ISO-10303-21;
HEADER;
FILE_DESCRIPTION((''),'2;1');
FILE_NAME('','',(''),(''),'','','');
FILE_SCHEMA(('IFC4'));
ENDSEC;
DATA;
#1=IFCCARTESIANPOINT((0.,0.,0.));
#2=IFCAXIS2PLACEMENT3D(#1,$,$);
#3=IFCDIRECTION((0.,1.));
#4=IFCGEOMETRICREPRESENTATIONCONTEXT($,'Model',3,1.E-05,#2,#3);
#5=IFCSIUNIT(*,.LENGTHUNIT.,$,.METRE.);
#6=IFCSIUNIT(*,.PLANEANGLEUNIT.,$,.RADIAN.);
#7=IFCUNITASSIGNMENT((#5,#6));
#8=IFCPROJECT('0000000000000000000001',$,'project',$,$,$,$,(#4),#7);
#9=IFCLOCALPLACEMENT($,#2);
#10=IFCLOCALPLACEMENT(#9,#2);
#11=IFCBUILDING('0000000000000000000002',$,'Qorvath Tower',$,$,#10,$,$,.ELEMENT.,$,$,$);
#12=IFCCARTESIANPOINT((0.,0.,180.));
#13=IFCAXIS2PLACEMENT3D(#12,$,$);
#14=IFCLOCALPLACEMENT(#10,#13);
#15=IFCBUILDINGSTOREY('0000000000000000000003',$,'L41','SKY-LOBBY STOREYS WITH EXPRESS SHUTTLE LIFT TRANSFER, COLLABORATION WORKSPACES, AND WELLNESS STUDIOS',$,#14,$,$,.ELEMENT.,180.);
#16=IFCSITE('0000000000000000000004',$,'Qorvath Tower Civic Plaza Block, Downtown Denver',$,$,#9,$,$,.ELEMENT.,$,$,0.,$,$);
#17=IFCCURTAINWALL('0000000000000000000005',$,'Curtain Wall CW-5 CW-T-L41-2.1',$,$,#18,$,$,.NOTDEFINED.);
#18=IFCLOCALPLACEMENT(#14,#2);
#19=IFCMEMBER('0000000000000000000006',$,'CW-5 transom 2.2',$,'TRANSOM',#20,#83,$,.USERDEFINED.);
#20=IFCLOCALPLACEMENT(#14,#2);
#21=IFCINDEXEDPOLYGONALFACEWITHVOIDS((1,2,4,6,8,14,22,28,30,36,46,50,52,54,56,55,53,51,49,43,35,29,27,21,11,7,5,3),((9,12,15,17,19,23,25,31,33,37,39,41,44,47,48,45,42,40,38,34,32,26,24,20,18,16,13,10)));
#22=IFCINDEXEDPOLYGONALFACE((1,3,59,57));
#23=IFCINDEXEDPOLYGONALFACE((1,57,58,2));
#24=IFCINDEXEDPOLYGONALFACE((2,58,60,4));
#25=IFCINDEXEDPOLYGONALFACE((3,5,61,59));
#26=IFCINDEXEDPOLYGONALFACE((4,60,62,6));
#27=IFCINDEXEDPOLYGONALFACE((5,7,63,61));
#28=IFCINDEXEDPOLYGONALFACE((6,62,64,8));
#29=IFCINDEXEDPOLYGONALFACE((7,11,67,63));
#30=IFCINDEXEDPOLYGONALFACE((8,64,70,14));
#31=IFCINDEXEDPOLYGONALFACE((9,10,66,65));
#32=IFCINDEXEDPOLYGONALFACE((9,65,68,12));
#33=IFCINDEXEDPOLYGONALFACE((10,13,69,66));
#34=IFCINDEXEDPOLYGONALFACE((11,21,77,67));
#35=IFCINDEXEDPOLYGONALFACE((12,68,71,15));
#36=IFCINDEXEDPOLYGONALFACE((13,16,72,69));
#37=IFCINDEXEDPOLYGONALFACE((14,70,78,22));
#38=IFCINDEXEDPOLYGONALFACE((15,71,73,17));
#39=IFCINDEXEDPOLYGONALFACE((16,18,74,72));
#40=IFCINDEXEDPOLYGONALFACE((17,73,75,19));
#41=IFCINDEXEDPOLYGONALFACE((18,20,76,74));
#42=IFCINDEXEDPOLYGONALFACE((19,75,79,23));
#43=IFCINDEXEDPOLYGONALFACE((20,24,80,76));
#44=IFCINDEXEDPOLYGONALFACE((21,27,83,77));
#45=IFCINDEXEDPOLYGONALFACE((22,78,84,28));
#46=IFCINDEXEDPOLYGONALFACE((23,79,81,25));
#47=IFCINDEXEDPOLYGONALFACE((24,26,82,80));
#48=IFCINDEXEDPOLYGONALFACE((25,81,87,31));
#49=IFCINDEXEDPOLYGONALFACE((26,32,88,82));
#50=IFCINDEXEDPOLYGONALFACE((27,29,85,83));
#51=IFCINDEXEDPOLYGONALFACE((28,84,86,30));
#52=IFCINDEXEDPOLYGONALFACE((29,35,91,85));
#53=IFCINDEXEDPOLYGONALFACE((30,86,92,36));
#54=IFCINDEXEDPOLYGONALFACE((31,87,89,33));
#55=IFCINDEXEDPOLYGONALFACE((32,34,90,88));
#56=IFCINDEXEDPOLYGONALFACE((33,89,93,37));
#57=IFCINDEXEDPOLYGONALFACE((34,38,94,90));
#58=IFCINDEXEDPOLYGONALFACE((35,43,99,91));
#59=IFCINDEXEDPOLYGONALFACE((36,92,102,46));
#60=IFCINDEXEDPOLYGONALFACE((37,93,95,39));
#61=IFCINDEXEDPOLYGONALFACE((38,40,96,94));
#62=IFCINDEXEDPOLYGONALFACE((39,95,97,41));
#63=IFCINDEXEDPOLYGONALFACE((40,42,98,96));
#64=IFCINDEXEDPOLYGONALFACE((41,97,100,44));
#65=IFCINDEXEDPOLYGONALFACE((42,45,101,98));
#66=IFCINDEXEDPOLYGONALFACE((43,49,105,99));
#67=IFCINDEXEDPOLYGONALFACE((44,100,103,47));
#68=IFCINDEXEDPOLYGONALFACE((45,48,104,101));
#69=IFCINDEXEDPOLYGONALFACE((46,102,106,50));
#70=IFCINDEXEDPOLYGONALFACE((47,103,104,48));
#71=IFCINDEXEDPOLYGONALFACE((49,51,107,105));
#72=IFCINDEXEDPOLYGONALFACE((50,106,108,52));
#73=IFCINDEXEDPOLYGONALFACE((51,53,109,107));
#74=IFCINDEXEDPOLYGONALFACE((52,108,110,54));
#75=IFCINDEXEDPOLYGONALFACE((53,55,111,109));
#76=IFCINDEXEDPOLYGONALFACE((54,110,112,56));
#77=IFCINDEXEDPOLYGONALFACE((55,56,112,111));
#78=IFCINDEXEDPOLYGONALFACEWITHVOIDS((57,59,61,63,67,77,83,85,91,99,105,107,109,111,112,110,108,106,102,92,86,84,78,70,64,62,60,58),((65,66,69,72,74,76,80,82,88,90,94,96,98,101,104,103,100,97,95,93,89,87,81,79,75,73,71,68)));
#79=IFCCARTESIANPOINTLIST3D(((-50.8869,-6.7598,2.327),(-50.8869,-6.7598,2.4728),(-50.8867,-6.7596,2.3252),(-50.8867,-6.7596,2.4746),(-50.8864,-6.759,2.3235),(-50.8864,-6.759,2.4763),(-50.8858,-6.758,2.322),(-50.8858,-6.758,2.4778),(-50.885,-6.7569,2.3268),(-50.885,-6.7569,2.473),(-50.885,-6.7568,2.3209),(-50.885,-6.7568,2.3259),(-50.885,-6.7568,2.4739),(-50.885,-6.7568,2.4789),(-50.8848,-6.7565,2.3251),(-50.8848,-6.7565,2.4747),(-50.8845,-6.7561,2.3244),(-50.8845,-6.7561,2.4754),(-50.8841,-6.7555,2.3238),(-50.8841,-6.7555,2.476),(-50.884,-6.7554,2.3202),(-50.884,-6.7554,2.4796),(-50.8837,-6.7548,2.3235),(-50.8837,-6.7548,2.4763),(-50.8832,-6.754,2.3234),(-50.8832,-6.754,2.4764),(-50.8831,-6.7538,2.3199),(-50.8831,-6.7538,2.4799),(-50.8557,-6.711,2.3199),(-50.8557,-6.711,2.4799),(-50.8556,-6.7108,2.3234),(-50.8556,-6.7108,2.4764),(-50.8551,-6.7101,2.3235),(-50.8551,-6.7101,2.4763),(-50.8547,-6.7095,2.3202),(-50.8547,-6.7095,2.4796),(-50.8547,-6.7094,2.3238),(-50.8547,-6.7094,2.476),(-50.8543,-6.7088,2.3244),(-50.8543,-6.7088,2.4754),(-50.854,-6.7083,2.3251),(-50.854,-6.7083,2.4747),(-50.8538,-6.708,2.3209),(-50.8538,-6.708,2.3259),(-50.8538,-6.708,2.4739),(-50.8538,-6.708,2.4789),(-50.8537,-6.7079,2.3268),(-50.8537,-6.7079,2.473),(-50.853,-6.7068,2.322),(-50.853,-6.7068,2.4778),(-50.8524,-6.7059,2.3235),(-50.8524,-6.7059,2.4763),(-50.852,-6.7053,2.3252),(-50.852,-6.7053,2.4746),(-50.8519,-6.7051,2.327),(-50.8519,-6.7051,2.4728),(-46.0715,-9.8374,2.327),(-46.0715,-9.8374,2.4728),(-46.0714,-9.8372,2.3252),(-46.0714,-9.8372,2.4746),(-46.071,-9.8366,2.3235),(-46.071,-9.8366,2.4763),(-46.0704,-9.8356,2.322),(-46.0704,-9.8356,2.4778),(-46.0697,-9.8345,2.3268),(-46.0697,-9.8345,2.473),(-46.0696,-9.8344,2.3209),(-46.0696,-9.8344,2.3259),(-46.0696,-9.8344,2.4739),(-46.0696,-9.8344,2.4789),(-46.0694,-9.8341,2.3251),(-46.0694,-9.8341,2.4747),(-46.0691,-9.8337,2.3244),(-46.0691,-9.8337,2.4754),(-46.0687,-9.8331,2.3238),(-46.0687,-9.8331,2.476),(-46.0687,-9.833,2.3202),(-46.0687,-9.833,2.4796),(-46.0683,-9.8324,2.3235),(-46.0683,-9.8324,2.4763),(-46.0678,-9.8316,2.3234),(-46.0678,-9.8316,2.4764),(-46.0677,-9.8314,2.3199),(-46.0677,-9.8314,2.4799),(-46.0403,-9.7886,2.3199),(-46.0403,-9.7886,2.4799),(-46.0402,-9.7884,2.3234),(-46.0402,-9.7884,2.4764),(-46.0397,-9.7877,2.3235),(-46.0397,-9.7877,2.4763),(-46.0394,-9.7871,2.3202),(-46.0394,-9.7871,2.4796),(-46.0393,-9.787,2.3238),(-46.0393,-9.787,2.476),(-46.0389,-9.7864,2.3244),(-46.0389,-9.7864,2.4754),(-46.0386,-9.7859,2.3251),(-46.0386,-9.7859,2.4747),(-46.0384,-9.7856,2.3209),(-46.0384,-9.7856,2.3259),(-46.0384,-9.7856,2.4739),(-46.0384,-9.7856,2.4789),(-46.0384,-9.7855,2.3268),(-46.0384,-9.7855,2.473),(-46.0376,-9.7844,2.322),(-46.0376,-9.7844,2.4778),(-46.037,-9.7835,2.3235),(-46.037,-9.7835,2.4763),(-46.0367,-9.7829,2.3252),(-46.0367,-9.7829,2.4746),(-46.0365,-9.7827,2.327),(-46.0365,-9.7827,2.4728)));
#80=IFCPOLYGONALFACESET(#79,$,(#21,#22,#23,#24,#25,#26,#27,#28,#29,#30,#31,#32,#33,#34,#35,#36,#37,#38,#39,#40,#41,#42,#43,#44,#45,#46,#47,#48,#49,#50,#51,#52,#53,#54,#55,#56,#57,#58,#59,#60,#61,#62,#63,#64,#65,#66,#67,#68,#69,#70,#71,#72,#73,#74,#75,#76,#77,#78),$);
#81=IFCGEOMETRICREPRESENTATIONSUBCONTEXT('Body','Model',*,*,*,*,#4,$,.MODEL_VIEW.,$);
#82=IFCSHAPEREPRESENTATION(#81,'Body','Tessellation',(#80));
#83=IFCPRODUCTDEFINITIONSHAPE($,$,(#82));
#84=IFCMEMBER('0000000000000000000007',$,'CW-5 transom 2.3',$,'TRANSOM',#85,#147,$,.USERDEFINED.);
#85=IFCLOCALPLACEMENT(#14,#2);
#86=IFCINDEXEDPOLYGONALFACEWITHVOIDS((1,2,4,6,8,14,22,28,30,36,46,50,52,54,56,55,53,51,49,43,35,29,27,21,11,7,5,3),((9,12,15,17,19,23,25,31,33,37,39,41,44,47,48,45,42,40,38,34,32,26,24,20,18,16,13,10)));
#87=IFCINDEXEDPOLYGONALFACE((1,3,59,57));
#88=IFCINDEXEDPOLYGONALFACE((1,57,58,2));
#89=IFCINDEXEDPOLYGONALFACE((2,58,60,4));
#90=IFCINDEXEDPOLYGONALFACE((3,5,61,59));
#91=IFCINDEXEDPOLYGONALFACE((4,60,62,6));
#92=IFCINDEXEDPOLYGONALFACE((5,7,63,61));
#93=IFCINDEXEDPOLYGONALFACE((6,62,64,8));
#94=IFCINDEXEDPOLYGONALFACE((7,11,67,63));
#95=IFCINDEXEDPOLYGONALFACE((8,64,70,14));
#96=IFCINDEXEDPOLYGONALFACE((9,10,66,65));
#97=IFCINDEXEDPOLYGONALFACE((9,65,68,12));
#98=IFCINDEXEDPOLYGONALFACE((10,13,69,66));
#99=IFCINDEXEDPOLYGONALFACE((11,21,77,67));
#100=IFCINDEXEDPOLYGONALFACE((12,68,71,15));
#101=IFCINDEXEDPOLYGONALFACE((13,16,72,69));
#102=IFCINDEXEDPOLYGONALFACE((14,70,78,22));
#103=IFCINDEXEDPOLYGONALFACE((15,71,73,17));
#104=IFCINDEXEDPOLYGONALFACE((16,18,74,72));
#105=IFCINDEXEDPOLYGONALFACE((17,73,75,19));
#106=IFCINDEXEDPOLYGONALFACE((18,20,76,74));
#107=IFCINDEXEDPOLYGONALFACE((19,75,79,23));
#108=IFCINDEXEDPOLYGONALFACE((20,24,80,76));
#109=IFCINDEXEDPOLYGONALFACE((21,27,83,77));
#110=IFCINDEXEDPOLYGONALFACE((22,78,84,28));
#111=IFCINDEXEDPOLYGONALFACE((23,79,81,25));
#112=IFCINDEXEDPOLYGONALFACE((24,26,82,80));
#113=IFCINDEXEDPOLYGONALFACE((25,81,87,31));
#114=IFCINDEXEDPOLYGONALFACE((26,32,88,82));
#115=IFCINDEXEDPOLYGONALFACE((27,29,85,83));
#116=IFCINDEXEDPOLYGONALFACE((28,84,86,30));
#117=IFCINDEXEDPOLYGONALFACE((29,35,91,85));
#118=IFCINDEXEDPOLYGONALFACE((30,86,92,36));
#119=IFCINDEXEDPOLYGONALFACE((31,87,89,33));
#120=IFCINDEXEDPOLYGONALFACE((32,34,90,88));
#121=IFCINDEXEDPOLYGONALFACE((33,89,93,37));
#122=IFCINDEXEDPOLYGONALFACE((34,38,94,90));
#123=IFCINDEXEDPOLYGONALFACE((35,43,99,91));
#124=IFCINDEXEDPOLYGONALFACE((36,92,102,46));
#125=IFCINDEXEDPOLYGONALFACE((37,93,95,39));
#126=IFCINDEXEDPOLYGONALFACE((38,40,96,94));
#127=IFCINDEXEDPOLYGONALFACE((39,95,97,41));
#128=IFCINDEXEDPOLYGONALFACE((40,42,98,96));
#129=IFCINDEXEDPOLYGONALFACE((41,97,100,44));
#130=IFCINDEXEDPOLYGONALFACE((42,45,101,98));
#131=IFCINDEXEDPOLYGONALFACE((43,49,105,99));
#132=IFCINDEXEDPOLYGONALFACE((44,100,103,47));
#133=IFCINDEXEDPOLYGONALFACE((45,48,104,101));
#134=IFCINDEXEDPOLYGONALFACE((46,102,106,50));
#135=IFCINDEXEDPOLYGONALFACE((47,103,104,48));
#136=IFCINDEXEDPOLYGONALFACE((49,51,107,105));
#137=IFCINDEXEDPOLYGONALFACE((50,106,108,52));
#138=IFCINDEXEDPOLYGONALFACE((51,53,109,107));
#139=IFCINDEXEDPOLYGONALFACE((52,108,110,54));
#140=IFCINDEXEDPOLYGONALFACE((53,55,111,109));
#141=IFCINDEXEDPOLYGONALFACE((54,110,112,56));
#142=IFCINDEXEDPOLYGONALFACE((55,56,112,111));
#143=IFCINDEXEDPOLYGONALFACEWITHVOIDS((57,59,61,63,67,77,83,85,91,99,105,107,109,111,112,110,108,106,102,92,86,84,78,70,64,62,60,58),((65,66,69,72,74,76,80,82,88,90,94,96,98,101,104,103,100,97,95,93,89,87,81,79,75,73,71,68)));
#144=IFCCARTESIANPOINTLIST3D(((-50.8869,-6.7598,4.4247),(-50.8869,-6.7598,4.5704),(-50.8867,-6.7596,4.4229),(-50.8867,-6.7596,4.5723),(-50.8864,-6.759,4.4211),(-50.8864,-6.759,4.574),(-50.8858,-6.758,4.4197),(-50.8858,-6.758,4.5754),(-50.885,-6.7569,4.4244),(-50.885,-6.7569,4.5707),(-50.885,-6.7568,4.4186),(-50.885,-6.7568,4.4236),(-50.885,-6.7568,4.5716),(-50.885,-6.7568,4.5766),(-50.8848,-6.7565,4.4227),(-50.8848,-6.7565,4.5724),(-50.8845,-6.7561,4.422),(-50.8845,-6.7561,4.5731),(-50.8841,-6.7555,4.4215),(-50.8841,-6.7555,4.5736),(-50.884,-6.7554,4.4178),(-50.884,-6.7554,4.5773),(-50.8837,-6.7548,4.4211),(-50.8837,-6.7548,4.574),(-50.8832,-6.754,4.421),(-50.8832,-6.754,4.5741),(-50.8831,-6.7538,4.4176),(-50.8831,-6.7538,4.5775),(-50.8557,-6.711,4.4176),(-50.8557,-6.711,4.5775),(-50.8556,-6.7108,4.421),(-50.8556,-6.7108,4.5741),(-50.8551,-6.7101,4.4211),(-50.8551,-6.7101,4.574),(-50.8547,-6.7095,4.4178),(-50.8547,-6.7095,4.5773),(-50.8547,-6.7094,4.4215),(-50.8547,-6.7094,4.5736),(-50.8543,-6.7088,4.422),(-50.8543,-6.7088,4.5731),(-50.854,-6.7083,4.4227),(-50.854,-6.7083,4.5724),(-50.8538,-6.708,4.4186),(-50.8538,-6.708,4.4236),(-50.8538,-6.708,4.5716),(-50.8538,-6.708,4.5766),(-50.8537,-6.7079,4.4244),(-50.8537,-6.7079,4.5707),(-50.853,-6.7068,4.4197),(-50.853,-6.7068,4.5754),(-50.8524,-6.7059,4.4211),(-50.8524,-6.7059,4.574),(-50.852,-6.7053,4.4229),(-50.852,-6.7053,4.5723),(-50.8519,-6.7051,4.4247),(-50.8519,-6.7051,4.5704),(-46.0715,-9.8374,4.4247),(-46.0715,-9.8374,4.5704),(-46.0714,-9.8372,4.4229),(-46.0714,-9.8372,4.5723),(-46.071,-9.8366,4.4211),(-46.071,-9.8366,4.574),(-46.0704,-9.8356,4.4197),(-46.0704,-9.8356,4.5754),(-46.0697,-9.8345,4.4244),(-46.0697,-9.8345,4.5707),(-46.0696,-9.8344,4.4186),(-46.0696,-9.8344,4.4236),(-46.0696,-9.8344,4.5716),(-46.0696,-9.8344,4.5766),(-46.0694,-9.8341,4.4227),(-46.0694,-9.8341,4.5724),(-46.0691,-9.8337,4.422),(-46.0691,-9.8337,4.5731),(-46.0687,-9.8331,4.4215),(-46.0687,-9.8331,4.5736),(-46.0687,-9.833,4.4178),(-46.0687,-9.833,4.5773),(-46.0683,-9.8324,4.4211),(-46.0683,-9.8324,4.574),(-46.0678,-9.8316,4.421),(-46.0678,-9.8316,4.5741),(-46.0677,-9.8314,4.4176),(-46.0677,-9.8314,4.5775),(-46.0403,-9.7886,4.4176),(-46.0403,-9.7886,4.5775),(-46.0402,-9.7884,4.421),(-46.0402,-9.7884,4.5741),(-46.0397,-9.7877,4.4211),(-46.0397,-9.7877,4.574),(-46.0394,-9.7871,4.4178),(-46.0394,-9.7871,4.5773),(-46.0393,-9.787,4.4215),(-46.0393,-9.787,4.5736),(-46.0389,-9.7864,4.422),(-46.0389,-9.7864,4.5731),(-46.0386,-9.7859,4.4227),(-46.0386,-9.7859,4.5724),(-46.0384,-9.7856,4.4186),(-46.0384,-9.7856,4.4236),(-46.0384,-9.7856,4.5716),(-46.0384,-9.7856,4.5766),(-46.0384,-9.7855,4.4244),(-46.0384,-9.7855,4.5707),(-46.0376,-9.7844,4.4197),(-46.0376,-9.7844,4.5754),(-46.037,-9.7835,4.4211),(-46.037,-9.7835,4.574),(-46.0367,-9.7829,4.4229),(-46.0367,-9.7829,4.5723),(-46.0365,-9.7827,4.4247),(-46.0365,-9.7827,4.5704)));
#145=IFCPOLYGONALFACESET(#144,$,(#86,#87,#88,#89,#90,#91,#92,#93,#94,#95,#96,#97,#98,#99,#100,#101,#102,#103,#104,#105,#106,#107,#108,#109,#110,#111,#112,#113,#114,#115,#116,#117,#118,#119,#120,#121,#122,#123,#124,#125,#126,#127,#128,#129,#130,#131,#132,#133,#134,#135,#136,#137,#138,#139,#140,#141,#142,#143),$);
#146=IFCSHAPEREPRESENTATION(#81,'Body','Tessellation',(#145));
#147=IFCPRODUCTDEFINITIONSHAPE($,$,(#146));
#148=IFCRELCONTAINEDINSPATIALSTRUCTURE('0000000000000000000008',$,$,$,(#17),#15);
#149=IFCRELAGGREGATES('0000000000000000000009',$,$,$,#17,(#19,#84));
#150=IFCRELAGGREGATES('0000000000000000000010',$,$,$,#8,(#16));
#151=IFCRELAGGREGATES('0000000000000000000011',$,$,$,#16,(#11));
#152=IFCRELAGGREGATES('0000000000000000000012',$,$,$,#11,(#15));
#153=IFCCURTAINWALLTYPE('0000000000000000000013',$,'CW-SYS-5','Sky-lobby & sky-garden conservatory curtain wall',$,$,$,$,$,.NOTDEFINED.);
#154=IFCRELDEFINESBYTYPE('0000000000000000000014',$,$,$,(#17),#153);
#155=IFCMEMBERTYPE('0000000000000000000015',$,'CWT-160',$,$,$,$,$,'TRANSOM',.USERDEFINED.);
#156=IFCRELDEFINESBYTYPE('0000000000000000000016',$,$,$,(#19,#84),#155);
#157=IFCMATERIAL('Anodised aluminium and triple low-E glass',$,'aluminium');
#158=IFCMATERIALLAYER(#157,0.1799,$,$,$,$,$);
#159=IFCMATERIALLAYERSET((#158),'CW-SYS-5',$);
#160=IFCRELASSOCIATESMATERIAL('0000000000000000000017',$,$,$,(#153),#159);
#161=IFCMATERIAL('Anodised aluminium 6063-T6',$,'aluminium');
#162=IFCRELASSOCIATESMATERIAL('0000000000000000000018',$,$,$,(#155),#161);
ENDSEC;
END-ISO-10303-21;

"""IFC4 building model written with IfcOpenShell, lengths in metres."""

from ifc_helpers import new_model, si_unit, direction, frame, origin, origin_2d, place, context, subcontext, project, spatial, hollow_rectangle, extrude, material, layer, layer_set, material_profile, profile_set, type_object, element, aggregate, save


model = new_model("IFC4")

# Units and contexts
model_context = context("Model", 3, precision=1e-05, world=origin(), true_north=direction((0.0, 1.0)))
body_context = subcontext(model_context, "Body", "Model", "MODEL_VIEW")
ifc_project = project(units=[si_unit("LENGTHUNIT", "METRE"), si_unit("PLANEANGLEUNIT", "RADIAN")], contexts=[model_context])

# Site, building, storey
site_placement = place(None, origin())
site = spatial("IfcSite", under=ifc_project, at=site_placement, Name="Qorvath Tower Civic Plaza Block, Downtown Denver", CompositionType="ELEMENT", RefElevation=0.0)
building_placement = place(site_placement, origin())
building = spatial("IfcBuilding", under=site, at=building_placement, Name="Qorvath Tower", CompositionType="ELEMENT")
storey_placement = place(building_placement, frame((0.0, 0.0, 180.0)))
storey = spatial("IfcBuildingStorey", under=building, at=storey_placement, Name="L41", Description="SKY-LOBBY STOREYS WITH EXPRESS SHUTTLE LIFT TRANSFER, COLLABORATION WORKSPACES, AND WELLNESS STUDIOS", CompositionType="ELEMENT", Elevation=180.0)

# Curtain wall, members
ifc_material_1 = material(Name="Anodised aluminium and triple low-E glass", Category="aluminium")
ifc_layer_1 = layer(ifc_material_1, 0.1799)
ifc_layer_set_1 = layer_set([ifc_layer_1], Name="CW-SYS-5")
curtain_wall_type = type_object("IfcCurtainWallType", Name="CW-SYS-5", Description="Sky-lobby & sky-garden conservatory curtain wall", PredefinedType="NOTDEFINED", material=ifc_layer_set_1)
curtain_wall_placement = place(storey_placement, origin())
curtain_wall = element("IfcCurtainWall", 1, at=curtain_wall_placement, inside=storey, type_object=curtain_wall_type, Name="Curtain Wall CW-5 CW-T-L41-2.1", PredefinedType="NOTDEFINED")
ifc_material_2 = material(Name="Anodised aluminium 6063-T6", Category="aluminium")
ifc_material_profile_1 = material_profile(ifc_material_2, hollow_rectangle(XDim=0.0649, YDim=0.1599, WallThickness=0.0034, InnerFilletRadius=0.0034, OuterFilletRadius=0.0071, at=origin_2d()), Name="CWT 160x65")
ifc_profile_set_1 = profile_set([ifc_material_profile_1], Name="Anodised aluminium 6063-T6")
member_type_1 = type_object("IfcMemberType", Name="CWT-160", ElementType="TRANSOM", PredefinedType="USERDEFINED", material=ifc_profile_set_1)
member_1_placement = place(storey_placement, frame((-50.8694, -6.7324, 2.3999), z_axis=(0.842608, -0.538527, 0.0), x_axis=(0.538527, 0.842608, 0.0)))
member_1 = element("IfcMember", 2, at=member_1_placement, type_object=member_type_1, Name="CW-5 transom 2.2", ObjectType="TRANSOM", PredefinedType="USERDEFINED", context=body_context, shape_type="SweptSolid", body=[
    extrude(hollow_rectangle(XDim=0.0649, YDim=0.1599, WallThickness=0.0034, InnerFilletRadius=0.0034, OuterFilletRadius=0.0071, at=origin_2d()), origin(), (0.0, 0.0, 1.0), 5.7148),
])
member_2_placement = place(storey_placement, frame((-50.8694, -6.7324, 4.4976), z_axis=(0.842608, -0.538527, 0.0), x_axis=(0.538527, 0.842608, 0.0)))
member_2 = element("IfcMember", 3, at=member_2_placement, type_object=member_type_1, Name="CW-5 transom 2.3", ObjectType="TRANSOM", PredefinedType="USERDEFINED", context=body_context, shape_type="SweptSolid", body=[
    extrude(hollow_rectangle(XDim=0.0649, YDim=0.1599, WallThickness=0.0034, InnerFilletRadius=0.0034, OuterFilletRadius=0.0071, at=origin_2d()), origin(), (0.0, 0.0, 1.0), 5.7148),
])
aggregate(curtain_wall, [member_1, member_2])

save(model, "model.ifc")
